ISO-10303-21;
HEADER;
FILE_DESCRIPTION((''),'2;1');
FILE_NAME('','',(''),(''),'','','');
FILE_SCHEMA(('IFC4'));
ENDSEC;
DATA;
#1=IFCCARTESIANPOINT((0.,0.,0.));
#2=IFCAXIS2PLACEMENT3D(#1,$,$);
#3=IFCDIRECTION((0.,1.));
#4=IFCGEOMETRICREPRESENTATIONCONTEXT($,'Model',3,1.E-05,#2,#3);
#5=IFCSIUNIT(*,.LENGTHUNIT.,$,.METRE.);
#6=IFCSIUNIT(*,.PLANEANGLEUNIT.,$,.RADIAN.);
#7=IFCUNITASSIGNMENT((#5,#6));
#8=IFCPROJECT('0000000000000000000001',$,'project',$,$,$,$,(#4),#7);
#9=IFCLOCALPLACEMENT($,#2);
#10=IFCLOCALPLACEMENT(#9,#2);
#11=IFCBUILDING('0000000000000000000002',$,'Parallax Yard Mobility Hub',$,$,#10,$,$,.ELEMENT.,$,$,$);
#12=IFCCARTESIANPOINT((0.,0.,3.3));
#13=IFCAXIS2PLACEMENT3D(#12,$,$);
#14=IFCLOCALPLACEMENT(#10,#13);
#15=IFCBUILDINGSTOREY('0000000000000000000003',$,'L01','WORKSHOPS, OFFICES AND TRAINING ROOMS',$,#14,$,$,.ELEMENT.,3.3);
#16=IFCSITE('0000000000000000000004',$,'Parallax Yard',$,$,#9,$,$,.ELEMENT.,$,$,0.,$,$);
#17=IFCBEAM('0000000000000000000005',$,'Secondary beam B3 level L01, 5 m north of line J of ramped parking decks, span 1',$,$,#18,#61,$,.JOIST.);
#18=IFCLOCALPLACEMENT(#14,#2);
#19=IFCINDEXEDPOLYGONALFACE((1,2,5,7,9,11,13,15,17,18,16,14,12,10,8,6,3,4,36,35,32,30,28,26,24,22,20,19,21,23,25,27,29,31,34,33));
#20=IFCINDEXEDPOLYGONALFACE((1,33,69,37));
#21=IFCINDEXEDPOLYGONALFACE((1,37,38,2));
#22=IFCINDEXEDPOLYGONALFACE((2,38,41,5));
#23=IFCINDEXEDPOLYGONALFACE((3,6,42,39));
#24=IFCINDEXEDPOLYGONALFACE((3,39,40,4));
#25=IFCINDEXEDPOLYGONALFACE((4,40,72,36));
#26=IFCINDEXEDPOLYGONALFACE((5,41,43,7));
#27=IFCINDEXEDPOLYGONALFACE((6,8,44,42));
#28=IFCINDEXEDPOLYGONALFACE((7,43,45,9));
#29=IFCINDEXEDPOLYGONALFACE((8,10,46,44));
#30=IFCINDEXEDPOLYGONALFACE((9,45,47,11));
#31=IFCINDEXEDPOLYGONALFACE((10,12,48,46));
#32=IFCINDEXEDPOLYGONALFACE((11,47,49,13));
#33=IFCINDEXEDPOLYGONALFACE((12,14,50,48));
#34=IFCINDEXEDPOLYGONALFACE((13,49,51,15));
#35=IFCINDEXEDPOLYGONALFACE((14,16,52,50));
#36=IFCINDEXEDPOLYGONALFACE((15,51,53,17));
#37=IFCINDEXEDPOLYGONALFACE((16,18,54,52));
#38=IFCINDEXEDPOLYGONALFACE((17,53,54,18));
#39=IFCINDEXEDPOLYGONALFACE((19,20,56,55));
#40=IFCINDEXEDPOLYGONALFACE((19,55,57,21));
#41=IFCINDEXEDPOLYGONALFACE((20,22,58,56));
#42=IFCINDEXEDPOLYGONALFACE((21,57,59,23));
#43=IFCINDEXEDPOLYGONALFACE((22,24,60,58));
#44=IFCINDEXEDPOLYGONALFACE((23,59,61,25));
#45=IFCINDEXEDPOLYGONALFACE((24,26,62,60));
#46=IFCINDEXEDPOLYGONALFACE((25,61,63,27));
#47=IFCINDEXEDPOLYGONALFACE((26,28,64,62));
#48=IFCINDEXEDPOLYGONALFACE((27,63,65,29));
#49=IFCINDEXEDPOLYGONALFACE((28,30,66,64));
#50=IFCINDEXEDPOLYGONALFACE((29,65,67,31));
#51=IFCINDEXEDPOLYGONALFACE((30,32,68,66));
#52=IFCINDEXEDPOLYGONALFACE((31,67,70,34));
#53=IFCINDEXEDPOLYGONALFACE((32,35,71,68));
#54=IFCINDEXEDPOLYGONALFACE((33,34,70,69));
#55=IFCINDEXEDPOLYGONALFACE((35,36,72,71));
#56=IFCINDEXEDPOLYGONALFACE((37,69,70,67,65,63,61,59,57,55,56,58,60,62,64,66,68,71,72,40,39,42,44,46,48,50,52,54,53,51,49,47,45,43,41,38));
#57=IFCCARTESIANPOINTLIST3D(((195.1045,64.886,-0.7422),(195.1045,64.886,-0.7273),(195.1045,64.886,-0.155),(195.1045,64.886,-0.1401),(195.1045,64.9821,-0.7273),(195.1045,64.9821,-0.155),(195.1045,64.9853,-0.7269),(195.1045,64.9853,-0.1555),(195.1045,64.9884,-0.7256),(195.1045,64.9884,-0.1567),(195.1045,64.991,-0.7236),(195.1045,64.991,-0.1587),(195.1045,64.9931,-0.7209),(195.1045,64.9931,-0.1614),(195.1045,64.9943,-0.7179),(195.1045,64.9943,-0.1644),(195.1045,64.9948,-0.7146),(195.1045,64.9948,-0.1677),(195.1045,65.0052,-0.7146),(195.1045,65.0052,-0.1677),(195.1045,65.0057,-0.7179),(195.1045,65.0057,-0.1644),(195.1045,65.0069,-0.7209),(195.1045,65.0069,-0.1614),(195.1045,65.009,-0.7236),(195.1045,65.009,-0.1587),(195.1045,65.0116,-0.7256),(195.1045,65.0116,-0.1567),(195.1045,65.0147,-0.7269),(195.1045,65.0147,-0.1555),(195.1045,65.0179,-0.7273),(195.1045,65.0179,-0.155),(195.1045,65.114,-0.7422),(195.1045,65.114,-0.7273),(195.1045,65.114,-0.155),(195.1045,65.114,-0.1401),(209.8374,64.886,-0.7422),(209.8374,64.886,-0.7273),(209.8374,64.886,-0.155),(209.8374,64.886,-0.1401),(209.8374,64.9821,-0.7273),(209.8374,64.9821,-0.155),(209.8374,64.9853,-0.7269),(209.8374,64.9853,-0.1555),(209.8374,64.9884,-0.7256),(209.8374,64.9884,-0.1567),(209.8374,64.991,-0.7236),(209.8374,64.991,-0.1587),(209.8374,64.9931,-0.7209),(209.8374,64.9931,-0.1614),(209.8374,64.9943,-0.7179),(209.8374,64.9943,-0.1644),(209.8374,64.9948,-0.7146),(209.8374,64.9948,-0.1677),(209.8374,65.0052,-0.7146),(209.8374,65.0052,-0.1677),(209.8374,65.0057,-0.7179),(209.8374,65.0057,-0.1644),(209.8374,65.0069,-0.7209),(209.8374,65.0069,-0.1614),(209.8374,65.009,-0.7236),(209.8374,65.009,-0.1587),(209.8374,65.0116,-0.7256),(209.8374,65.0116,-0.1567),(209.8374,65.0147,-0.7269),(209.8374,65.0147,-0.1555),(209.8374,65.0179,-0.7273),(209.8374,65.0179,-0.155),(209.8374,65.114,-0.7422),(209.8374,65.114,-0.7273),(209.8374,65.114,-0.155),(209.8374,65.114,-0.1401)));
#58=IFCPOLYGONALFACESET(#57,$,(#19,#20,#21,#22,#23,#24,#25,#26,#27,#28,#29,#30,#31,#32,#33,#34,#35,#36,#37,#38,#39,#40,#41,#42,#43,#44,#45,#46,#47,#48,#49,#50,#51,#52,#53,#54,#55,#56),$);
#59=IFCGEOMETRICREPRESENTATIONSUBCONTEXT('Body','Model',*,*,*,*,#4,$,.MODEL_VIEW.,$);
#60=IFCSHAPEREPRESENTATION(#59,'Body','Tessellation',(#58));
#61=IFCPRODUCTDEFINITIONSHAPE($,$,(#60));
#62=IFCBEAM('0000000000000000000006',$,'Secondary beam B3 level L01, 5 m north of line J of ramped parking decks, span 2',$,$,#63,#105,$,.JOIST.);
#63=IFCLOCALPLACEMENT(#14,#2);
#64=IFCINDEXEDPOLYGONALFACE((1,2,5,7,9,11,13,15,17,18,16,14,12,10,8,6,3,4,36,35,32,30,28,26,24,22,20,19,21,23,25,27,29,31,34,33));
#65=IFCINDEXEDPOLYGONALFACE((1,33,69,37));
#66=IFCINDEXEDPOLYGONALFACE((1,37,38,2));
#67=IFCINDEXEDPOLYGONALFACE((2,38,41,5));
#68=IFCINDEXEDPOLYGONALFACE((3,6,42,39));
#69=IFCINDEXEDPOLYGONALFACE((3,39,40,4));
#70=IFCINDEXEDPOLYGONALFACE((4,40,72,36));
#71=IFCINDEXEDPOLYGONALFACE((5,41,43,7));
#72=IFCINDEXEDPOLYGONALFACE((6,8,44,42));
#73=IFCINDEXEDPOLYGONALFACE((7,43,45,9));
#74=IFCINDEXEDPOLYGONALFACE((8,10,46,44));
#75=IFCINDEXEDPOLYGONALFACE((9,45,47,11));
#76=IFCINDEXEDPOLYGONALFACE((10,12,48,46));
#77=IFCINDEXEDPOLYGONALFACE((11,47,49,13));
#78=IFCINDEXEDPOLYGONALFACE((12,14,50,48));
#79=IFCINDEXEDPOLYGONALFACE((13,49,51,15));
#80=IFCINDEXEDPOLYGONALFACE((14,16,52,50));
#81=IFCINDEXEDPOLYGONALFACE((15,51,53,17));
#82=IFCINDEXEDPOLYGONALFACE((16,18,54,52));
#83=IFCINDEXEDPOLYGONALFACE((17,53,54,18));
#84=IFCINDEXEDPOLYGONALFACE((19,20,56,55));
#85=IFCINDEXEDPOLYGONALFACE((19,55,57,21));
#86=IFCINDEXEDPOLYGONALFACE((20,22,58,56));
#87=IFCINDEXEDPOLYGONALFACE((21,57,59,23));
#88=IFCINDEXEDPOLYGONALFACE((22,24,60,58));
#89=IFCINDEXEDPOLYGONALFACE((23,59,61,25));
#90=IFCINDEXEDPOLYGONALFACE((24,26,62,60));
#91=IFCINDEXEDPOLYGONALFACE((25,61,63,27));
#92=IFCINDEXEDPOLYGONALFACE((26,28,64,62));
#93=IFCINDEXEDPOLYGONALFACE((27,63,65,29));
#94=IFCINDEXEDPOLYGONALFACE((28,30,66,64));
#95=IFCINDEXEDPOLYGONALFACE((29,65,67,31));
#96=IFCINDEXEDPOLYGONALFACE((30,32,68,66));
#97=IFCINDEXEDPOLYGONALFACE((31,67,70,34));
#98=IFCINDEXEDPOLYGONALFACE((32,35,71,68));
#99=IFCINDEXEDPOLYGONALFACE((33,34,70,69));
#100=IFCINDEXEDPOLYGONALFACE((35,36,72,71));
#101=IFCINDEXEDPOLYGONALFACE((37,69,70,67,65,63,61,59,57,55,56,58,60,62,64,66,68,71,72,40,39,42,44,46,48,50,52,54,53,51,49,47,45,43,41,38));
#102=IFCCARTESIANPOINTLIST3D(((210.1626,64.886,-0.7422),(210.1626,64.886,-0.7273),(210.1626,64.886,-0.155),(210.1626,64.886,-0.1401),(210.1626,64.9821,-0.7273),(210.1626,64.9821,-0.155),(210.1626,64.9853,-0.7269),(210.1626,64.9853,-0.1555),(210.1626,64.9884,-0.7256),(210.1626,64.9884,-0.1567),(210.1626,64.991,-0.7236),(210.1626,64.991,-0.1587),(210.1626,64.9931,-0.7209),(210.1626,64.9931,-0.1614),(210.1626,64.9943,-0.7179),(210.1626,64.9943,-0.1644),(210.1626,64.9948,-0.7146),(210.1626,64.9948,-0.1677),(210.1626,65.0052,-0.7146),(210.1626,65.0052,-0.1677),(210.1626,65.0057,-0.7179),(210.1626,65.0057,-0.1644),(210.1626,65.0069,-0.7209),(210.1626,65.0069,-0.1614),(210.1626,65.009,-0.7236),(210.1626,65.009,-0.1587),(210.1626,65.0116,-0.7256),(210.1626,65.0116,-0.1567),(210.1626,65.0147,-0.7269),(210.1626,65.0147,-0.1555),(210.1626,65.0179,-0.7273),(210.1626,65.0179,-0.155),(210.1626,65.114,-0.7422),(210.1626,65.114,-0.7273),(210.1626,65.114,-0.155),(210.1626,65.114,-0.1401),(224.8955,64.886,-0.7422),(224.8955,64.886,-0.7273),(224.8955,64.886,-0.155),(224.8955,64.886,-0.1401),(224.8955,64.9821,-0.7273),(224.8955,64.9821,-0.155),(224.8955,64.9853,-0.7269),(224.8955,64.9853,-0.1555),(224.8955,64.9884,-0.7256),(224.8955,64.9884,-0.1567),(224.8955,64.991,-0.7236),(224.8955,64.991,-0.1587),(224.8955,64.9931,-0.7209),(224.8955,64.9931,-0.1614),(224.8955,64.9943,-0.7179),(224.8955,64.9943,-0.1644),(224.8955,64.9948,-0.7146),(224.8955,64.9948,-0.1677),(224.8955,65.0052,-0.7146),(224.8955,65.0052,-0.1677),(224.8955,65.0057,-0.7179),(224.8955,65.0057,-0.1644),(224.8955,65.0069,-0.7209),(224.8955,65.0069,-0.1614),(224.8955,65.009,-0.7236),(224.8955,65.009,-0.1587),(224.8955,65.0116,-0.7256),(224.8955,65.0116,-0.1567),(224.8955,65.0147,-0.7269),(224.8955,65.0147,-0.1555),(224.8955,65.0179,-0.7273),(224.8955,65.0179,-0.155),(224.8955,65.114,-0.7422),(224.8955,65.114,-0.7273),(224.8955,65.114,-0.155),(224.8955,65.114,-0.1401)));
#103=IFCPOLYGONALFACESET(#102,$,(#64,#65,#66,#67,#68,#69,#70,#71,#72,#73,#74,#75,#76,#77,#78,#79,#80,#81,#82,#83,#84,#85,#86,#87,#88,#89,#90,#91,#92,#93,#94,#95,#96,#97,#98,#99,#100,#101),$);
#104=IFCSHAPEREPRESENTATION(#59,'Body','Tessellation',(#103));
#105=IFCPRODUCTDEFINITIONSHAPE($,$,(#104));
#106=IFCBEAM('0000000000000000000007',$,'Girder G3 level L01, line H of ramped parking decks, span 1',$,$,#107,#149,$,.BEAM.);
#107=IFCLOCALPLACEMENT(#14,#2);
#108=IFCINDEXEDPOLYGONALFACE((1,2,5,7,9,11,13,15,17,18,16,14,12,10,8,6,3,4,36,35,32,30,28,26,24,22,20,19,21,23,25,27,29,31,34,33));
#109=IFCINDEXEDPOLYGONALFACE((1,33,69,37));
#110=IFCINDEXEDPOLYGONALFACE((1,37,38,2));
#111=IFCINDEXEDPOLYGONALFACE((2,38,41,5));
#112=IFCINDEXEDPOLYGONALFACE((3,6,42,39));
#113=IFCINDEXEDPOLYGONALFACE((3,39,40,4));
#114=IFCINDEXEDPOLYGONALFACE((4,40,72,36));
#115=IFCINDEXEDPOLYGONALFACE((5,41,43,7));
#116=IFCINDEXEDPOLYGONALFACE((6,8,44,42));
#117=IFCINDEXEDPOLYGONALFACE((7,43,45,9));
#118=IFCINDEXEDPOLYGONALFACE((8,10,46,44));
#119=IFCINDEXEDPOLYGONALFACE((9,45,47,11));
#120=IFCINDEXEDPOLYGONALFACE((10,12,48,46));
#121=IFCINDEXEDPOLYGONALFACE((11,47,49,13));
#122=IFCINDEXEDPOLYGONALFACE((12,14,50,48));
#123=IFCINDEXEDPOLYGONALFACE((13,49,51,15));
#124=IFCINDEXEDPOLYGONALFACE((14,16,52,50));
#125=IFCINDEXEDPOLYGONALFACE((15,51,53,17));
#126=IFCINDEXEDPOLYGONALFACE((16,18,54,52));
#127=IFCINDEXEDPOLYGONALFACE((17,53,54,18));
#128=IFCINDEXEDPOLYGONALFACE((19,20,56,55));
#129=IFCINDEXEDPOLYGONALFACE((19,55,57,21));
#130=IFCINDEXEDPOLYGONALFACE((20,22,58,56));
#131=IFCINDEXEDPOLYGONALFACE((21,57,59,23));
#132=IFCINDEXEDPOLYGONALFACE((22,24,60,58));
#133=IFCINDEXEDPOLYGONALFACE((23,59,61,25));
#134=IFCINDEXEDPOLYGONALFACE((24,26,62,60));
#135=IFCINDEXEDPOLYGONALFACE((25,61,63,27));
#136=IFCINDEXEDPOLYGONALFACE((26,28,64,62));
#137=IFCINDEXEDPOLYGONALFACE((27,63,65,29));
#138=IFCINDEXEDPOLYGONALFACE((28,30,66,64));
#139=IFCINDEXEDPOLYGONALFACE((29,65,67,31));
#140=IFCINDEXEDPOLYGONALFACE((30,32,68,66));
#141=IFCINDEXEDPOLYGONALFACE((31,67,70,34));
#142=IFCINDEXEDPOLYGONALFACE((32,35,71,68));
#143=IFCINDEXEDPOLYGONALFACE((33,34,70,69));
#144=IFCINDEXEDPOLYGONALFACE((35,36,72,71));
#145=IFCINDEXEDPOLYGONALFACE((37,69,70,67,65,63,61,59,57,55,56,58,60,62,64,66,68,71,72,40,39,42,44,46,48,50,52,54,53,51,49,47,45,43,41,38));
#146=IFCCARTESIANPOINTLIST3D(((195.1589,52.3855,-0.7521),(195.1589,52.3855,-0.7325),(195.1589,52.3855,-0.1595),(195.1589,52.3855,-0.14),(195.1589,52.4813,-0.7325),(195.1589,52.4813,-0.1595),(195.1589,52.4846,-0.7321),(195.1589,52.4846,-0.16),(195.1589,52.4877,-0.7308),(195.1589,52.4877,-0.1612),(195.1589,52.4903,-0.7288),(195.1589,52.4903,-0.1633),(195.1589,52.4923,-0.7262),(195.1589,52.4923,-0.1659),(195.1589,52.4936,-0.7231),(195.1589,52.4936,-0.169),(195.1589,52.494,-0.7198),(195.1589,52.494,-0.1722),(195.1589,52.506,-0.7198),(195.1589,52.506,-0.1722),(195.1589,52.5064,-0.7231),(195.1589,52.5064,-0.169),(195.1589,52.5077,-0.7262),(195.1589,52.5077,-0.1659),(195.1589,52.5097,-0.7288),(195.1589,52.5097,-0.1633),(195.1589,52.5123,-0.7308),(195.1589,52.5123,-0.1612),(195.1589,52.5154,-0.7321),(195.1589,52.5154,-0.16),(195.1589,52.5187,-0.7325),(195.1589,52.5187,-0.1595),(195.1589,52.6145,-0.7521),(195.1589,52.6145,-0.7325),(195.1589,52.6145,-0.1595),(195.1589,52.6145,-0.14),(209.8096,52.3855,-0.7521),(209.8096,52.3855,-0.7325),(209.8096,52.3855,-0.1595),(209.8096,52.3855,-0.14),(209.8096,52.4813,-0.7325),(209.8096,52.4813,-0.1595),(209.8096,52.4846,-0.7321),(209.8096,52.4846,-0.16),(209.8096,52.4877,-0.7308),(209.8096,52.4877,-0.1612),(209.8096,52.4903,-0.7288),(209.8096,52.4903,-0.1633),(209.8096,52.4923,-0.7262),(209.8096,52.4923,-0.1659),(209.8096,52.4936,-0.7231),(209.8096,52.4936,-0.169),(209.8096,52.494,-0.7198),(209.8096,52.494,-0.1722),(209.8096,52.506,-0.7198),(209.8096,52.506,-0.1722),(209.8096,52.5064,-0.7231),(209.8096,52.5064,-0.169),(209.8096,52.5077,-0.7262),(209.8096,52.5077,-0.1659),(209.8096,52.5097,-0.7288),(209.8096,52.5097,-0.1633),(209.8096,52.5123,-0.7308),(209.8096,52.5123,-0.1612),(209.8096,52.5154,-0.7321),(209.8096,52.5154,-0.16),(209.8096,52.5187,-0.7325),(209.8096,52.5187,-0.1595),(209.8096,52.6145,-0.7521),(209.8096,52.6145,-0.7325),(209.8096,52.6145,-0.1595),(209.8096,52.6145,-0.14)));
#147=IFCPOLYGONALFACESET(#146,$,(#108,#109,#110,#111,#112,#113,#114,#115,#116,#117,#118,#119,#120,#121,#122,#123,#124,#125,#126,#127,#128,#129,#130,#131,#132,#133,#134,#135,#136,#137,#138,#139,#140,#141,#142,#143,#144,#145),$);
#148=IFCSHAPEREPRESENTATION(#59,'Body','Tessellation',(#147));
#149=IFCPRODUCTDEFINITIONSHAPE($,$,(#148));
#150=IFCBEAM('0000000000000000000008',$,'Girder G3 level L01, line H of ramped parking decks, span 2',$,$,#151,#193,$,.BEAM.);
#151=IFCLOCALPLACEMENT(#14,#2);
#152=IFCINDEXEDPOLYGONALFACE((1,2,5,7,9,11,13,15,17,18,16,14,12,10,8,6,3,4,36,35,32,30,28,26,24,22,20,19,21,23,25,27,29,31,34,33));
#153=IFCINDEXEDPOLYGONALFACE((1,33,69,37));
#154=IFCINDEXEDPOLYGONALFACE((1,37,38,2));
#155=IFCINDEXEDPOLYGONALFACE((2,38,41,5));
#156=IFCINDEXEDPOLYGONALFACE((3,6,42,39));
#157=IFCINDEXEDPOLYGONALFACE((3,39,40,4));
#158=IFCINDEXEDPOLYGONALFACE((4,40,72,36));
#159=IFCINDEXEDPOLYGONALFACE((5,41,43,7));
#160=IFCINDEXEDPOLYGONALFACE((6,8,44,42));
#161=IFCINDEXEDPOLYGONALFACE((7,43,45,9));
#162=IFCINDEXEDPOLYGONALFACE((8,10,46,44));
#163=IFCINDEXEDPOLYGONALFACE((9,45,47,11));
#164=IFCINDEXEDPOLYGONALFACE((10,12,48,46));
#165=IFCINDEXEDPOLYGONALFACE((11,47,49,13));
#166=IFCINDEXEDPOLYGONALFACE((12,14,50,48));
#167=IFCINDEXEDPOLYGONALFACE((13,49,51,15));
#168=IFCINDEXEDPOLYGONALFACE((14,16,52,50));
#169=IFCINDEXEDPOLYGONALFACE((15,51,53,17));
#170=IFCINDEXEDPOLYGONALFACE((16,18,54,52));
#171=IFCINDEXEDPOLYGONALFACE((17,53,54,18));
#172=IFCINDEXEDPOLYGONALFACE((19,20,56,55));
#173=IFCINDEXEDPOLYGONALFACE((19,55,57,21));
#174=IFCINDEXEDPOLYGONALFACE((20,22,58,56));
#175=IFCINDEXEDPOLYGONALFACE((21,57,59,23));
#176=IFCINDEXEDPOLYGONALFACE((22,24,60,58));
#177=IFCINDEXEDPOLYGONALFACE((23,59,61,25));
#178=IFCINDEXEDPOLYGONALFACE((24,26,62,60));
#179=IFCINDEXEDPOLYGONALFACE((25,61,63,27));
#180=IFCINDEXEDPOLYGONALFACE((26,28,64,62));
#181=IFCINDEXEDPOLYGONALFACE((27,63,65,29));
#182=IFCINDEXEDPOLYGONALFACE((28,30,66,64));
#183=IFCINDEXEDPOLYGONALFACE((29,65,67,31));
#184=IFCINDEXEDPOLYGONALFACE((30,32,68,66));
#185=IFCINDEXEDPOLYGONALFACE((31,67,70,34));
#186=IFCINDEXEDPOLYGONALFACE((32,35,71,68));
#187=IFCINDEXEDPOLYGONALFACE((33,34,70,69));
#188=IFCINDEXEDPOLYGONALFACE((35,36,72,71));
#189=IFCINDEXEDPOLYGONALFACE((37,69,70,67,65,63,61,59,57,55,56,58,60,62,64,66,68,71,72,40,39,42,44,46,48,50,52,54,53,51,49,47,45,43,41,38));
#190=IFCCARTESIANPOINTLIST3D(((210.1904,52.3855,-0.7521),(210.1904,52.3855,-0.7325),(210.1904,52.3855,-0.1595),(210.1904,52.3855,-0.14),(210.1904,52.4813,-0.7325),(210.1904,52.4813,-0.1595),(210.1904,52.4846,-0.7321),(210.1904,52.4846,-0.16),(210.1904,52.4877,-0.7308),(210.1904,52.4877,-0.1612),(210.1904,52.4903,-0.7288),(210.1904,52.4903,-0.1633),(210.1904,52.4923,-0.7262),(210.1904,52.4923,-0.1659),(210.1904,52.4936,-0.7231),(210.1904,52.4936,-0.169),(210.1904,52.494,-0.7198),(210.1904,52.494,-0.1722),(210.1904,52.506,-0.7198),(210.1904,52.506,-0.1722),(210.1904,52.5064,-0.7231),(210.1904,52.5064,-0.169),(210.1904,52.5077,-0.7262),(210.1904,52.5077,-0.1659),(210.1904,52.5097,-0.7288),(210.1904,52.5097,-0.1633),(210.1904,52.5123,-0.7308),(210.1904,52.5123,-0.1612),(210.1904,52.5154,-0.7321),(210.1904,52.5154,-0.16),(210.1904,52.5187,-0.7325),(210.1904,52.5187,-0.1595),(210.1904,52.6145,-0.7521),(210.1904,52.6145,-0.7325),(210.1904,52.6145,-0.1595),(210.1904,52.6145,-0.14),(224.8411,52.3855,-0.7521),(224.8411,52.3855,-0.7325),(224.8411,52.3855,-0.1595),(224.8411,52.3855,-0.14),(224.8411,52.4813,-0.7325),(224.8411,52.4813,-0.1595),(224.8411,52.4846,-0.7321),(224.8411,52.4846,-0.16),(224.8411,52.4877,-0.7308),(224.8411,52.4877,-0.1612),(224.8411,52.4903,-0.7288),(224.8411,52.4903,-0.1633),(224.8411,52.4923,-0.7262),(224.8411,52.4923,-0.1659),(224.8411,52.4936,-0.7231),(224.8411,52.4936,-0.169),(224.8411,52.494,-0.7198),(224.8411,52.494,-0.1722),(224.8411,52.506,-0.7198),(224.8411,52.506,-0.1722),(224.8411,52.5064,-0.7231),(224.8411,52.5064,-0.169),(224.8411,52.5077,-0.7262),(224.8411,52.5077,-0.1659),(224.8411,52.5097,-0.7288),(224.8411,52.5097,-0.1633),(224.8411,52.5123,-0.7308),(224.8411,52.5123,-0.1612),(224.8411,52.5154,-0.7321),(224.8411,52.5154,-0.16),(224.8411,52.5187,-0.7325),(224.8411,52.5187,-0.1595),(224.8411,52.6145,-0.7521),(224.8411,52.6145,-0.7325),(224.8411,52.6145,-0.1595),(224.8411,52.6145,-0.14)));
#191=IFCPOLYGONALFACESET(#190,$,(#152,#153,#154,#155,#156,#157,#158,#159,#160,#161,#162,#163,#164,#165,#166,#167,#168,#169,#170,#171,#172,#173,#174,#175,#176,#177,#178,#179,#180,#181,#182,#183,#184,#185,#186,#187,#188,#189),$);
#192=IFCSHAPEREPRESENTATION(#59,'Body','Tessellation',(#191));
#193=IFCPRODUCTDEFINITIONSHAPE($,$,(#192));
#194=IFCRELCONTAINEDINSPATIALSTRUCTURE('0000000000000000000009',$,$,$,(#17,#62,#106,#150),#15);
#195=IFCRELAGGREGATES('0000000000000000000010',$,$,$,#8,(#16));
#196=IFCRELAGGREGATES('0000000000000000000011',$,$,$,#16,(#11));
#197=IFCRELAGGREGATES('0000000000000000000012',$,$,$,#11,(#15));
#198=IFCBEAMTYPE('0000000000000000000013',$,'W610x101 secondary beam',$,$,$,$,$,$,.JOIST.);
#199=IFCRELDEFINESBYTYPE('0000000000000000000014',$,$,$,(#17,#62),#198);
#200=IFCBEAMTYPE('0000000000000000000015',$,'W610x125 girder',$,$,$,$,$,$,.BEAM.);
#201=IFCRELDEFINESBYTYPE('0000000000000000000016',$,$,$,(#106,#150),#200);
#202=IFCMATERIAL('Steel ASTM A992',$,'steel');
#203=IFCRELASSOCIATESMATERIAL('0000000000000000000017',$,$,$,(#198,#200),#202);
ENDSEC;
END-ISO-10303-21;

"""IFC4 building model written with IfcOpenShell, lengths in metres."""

from ifc_helpers import new_model, si_unit, direction, frame, origin, origin_2d, place, context, subcontext, project, spatial, i_section, extrude, material, material_profile, profile_set, type_object, element, save


model = new_model("IFC4")

# Units and contexts
model_context = context("Model", 3, precision=1e-05, world=origin(), true_north=direction((0.0, 1.0)))
body_context = subcontext(model_context, "Body", "Model", "MODEL_VIEW")
ifc_project = project(units=[si_unit("LENGTHUNIT", "METRE"), si_unit("PLANEANGLEUNIT", "RADIAN")], contexts=[model_context])

# Site, building, storey
site_placement = place(None, origin())
site = spatial("IfcSite", under=ifc_project, at=site_placement, Name="Parallax Yard", CompositionType="ELEMENT", RefElevation=0.0)
building_placement = place(site_placement, origin())
building = spatial("IfcBuilding", under=site, at=building_placement, Name="Parallax Yard Mobility Hub", CompositionType="ELEMENT")
storey_placement = place(building_placement, frame((0.0, 0.0, 3.3)))
storey = spatial("IfcBuildingStorey", under=building, at=storey_placement, Name="L01", Description="WORKSHOPS, OFFICES AND TRAINING ROOMS", CompositionType="ELEMENT", Elevation=3.3)

# Shared definitions
ifc_material_1 = material(Name="Steel ASTM A992", Category="steel")

# Beams
ifc_material_profile_1 = material_profile(ifc_material_1, i_section(OverallWidth=0.228, OverallDepth=0.6021, WebThickness=0.0105, FlangeThickness=0.0149, FilletRadius=0.0127, at=origin_2d()), Name="W610x101")
ifc_profile_set_1 = profile_set([ifc_material_profile_1], Name="Steel ASTM A992")
beam_type_1 = type_object("IfcBeamType", Name="W610x101 secondary beam", PredefinedType="JOIST", material=ifc_profile_set_1)
for number, where, z_axis, x_axis, name in (
    (1, (195.1045, 65.0, -0.4412), (1.0, 0.0, 0.0), (0.0, 1.0, 0.0), "Secondary beam B3 level L01, 5 m north of line J of ramped parking decks, span 1"),
    (2, (210.1626, 65.0, -0.4412), (1.0, 0.0, 0.0), (0.0, 1.0, 0.0), "Secondary beam B3 level L01, 5 m north of line J of ramped parking decks, span 2"),
):
    element("IfcBeam", number, at=place(storey_placement, frame(where, z_axis=z_axis, x_axis=x_axis)), inside=storey, type_object=beam_type_1, Name=name, PredefinedType="JOIST", context=body_context, shape_type="SweptSolid", body=[
        extrude(i_section(OverallWidth=0.228, OverallDepth=0.6021, WebThickness=0.0105, FlangeThickness=0.0149, FilletRadius=0.0127, at=origin_2d()), origin(), (0.0, 0.0, 1.0), 14.7329),
    ])
ifc_material_profile_2 = material_profile(ifc_material_1, i_section(OverallWidth=0.229, OverallDepth=0.6121, WebThickness=0.012, FlangeThickness=0.0195, FilletRadius=0.0127, at=origin_2d()), Name="W610x125")
ifc_profile_set_2 = profile_set([ifc_material_profile_2], Name="Steel ASTM A992")
beam_type_2 = type_object("IfcBeamType", Name="W610x125 girder", PredefinedType="BEAM", material=ifc_profile_set_2)
for number, where, z_axis, x_axis, name in (
    (3, (195.1589, 52.5, -0.446), (1.0, 0.0, 0.0), (0.0, 1.0, 0.0), "Girder G3 level L01, line H of ramped parking decks, span 1"),
    (4, (210.1904, 52.5, -0.446), (1.0, 0.0, 0.0), (0.0, 1.0, 0.0), "Girder G3 level L01, line H of ramped parking decks, span 2"),
):
    element("IfcBeam", number, at=place(storey_placement, frame(where, z_axis=z_axis, x_axis=x_axis)), inside=storey, type_object=beam_type_2, Name=name, PredefinedType="BEAM", context=body_context, shape_type="SweptSolid", body=[
        extrude(i_section(OverallWidth=0.229, OverallDepth=0.6121, WebThickness=0.012, FlangeThickness=0.0195, FilletRadius=0.0127, at=origin_2d()), origin(), (0.0, 0.0, 1.0), 14.6506),
    ])

save(model, "model.ifc")
